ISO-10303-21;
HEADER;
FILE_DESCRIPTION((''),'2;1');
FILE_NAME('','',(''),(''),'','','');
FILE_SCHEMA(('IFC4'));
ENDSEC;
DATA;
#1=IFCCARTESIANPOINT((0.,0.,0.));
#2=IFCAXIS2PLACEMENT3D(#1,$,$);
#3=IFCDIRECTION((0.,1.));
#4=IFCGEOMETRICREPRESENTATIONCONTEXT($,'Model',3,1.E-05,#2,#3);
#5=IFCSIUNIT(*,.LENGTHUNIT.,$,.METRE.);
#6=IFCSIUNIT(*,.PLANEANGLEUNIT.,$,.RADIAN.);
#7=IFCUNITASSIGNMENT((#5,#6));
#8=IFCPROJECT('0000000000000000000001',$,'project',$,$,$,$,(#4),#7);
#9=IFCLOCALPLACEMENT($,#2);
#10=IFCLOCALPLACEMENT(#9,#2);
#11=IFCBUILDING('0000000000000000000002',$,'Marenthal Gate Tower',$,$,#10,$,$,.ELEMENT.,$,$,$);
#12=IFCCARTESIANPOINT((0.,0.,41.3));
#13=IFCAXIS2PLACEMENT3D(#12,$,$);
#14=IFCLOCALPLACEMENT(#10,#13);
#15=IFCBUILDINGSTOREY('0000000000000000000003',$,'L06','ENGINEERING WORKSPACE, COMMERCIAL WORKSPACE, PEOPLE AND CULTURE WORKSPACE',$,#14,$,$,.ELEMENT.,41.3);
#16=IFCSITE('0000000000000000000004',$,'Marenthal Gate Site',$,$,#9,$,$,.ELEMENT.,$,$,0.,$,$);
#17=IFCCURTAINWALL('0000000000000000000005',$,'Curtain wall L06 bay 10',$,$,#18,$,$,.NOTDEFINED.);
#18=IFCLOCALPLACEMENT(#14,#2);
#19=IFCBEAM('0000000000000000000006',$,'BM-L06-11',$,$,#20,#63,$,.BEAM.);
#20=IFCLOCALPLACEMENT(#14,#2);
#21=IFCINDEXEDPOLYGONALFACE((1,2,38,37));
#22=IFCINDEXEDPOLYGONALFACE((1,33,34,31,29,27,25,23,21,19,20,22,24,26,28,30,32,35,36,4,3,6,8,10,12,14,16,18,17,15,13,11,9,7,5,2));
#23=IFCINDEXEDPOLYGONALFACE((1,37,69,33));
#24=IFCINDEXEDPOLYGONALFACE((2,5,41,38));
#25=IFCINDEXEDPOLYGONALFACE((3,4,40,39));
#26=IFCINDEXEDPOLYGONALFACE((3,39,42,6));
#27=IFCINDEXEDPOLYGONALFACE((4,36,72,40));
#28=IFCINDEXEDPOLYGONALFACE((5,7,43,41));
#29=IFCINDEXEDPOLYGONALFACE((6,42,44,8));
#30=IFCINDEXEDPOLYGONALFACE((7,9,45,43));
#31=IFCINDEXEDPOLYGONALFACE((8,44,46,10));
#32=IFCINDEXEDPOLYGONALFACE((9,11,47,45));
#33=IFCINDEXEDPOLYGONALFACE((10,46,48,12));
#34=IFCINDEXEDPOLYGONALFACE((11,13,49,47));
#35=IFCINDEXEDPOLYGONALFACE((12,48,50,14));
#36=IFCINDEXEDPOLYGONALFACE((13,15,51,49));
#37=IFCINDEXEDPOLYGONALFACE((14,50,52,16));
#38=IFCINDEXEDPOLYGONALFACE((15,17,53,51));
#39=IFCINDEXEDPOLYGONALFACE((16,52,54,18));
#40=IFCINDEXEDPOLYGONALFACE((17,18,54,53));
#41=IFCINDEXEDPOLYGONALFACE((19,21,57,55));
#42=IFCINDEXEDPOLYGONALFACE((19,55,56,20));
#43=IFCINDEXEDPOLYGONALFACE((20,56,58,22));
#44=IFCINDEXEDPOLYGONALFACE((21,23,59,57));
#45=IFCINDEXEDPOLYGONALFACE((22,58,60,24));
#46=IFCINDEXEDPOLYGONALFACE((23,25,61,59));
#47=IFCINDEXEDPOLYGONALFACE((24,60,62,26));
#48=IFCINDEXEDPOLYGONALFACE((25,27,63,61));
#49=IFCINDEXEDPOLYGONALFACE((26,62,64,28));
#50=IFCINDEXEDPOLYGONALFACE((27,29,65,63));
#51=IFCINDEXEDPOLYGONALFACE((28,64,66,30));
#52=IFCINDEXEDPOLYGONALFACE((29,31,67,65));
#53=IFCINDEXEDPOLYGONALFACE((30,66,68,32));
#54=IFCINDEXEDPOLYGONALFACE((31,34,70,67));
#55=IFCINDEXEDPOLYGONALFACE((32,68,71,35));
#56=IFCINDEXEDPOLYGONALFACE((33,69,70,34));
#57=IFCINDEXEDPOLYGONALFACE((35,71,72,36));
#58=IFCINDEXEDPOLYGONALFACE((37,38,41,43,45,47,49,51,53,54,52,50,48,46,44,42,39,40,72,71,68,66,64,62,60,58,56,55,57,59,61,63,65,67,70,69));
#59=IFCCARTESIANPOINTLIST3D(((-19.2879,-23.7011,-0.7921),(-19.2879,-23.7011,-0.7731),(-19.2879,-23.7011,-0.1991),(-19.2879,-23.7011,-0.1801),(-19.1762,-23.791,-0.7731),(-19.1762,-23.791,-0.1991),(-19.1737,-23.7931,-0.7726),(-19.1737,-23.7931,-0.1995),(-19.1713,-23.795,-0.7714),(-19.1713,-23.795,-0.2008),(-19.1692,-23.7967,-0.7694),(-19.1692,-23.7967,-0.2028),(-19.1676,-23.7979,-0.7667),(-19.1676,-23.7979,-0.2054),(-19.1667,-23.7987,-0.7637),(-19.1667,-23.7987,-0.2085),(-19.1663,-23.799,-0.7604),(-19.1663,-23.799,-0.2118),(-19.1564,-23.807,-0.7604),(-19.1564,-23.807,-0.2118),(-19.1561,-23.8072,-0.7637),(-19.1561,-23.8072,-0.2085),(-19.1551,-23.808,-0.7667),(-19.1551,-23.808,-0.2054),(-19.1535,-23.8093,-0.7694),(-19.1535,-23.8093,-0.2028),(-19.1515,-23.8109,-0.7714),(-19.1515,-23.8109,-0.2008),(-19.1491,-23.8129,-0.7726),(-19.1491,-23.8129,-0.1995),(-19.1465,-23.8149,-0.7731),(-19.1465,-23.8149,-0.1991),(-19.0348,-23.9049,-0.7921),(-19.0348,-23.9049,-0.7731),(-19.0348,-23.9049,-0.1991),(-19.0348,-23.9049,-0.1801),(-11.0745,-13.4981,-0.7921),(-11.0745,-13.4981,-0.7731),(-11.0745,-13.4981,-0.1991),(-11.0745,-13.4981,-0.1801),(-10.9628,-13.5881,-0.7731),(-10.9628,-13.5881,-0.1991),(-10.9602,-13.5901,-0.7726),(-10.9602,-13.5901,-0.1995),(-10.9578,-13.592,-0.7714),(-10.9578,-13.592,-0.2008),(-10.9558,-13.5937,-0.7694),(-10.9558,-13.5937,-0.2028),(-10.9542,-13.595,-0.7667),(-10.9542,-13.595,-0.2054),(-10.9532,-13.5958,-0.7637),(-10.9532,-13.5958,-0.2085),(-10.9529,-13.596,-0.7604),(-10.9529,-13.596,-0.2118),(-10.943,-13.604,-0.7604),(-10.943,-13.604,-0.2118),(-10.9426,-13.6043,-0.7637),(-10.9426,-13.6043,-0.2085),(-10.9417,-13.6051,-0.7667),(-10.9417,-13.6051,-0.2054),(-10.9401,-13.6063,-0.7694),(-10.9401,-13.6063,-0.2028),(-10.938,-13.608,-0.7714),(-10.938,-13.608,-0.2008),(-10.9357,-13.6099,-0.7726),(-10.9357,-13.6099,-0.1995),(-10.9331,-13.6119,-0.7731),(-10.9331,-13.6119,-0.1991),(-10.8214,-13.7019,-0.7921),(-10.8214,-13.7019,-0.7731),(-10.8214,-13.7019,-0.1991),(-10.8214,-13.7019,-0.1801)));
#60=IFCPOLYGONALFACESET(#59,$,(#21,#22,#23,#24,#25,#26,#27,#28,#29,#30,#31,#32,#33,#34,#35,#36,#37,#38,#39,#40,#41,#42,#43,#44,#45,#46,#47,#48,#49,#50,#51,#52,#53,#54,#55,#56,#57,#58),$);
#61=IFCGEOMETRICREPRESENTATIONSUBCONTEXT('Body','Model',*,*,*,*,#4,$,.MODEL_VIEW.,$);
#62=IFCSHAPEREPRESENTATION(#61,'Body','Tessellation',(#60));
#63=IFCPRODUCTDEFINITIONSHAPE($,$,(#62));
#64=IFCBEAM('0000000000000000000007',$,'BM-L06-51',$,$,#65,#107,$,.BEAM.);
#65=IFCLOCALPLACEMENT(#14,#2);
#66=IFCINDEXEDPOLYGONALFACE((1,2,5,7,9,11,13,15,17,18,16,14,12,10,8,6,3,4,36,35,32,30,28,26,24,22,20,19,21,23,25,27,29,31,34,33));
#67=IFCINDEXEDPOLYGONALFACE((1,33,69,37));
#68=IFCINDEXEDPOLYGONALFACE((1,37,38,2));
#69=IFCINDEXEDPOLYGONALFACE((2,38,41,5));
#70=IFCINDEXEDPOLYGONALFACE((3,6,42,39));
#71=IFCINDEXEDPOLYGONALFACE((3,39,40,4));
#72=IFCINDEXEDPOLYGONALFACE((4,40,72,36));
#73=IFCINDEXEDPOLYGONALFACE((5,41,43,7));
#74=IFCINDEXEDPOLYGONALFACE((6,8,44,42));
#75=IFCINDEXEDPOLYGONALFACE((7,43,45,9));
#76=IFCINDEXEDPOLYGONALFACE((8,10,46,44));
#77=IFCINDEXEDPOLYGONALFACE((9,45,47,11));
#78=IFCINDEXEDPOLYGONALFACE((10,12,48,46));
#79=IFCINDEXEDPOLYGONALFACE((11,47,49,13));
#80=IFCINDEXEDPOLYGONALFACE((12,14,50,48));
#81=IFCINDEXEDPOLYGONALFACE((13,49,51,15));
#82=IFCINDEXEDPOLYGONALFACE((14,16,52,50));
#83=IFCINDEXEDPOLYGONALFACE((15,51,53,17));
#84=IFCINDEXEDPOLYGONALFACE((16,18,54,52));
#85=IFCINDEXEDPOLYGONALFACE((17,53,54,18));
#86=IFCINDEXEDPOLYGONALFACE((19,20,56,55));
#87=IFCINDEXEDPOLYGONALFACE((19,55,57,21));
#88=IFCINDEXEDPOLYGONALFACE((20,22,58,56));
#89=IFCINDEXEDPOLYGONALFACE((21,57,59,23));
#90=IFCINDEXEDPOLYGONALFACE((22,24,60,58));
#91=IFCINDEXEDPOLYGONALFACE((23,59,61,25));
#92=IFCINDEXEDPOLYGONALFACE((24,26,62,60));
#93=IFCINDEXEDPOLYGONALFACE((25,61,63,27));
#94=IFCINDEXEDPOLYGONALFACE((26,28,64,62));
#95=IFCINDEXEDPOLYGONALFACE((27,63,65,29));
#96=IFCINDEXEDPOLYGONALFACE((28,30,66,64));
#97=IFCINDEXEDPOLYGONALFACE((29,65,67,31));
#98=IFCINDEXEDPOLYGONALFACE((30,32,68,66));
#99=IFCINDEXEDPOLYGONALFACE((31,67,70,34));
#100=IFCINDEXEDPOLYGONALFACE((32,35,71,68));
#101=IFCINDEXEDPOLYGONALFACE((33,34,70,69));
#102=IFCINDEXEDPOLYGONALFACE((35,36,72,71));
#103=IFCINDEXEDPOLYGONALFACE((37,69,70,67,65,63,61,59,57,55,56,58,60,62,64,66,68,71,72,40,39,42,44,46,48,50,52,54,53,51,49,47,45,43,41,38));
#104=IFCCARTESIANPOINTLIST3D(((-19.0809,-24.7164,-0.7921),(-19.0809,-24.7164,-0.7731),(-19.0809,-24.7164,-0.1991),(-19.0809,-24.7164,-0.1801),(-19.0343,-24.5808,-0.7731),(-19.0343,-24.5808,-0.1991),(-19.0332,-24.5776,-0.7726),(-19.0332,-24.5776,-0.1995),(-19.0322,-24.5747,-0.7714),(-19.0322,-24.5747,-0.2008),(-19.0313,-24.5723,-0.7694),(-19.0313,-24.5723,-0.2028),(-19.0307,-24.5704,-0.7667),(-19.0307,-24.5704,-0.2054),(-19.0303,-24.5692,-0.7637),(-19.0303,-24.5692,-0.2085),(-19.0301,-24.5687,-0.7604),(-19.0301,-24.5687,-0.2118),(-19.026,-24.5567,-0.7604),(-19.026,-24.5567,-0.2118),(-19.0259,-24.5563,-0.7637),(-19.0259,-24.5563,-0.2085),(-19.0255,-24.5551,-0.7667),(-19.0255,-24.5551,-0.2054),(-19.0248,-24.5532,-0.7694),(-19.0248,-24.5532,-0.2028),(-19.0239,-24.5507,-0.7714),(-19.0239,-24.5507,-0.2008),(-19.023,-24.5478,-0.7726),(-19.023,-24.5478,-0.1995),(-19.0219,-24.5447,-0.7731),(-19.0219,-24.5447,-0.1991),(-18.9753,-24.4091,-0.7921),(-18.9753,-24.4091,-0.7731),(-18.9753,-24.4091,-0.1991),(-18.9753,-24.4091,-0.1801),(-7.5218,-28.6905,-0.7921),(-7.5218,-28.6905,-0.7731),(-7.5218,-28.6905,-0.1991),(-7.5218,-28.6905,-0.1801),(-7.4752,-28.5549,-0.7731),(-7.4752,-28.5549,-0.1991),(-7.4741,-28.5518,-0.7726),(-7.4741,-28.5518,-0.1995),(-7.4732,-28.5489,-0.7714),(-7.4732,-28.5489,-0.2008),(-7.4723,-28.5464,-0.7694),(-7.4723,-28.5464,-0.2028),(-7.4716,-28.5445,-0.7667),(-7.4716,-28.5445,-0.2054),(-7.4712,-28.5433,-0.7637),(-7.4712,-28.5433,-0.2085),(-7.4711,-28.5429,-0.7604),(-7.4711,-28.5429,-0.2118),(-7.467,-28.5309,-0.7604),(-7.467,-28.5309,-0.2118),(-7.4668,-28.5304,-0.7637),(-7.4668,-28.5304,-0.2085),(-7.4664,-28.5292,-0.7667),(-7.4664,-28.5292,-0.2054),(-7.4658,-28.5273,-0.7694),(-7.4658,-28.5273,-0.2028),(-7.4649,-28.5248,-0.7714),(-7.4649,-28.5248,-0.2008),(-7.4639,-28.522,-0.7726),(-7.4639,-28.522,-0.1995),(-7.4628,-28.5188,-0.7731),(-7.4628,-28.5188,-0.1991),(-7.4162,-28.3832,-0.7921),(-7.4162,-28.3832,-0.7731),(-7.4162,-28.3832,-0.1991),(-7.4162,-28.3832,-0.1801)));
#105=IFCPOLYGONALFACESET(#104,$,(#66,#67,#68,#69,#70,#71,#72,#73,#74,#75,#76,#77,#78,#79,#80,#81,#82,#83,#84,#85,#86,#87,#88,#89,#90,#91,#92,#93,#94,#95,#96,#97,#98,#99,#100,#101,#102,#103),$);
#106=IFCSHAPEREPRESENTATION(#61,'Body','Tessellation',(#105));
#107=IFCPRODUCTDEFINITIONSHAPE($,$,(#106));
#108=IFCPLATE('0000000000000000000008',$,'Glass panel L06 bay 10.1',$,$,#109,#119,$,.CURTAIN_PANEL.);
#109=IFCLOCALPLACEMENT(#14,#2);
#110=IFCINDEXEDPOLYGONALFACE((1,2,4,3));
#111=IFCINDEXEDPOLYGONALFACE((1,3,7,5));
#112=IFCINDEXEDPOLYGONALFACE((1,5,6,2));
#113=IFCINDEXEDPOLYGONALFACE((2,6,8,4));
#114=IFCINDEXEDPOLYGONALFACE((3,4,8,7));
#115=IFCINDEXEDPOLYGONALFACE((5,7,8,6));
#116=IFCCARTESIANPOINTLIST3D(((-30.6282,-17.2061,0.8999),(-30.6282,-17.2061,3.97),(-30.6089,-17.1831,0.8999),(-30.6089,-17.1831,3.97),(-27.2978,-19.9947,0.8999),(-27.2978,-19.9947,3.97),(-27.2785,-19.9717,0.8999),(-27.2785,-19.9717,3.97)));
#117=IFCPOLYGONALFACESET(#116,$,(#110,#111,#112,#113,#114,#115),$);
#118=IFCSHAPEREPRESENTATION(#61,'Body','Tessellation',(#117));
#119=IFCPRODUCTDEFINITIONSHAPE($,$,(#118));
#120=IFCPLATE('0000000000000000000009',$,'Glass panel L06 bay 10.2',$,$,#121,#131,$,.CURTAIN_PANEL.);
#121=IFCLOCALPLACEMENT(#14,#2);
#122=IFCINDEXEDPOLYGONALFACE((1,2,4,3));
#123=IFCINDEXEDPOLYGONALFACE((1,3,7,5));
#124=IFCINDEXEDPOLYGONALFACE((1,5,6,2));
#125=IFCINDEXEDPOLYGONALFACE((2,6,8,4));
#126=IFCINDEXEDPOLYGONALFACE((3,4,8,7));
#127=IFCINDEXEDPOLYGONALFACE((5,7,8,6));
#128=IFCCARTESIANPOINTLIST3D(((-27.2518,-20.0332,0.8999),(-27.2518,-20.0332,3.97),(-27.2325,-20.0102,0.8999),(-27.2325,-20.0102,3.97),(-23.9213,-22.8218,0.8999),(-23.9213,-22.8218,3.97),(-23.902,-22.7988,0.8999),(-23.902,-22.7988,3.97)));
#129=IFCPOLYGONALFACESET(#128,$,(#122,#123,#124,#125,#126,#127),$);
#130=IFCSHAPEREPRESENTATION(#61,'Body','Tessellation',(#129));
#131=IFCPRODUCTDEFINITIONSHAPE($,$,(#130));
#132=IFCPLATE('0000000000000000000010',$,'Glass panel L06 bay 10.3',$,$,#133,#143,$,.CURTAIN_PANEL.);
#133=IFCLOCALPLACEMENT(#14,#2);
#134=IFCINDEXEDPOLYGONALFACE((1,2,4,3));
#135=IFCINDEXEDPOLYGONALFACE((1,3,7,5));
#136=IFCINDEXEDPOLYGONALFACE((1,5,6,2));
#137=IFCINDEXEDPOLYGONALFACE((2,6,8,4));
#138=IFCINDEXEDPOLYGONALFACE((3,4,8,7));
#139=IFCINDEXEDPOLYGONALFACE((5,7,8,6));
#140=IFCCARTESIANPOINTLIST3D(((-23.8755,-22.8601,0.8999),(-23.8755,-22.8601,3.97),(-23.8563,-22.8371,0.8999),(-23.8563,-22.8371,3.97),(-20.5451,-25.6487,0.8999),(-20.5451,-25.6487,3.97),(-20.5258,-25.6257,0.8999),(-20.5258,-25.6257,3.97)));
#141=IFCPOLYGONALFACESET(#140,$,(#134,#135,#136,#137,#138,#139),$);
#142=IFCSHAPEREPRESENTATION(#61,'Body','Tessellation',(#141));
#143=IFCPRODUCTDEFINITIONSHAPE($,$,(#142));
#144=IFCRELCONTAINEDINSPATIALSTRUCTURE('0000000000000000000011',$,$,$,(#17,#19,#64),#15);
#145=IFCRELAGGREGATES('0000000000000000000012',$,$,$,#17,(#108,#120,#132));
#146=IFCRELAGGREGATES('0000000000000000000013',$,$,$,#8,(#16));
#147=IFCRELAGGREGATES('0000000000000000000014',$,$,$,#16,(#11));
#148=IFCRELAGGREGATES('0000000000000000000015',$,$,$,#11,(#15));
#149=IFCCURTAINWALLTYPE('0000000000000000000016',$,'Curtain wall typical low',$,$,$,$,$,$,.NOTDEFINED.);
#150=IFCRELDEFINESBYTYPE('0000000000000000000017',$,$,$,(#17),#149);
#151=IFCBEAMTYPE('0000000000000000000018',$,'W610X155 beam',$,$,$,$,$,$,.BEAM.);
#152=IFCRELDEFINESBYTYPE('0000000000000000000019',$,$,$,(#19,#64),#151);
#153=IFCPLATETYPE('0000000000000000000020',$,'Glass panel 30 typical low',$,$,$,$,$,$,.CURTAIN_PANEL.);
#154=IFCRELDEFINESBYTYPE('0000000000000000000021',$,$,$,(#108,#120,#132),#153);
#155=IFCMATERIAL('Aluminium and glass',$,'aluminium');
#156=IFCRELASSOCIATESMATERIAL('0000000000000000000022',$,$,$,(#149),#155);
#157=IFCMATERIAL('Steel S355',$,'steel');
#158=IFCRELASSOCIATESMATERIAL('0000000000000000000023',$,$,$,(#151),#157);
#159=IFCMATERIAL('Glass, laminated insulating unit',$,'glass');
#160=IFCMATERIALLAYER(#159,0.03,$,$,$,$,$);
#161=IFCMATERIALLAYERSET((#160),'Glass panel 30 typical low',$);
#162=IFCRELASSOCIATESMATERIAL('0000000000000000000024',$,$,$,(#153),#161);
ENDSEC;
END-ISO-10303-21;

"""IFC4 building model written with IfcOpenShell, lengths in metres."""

from ifc_helpers import new_model, si_unit, direction, frame, origin, origin_2d, place, context, subcontext, project, spatial, rectangle, i_section, extrude, material, layer, layer_set, material_profile, profile_set, type_object, element, aggregate, save


model = new_model("IFC4")

# Units and contexts
model_context = context("Model", 3, precision=1e-05, world=origin(), true_north=direction((0.0, 1.0)))
body_context = subcontext(model_context, "Body", "Model", "MODEL_VIEW")
ifc_project = project(units=[si_unit("LENGTHUNIT", "METRE"), si_unit("PLANEANGLEUNIT", "RADIAN")], contexts=[model_context])

# Site, building, storey
site_placement = place(None, origin())
site = spatial("IfcSite", under=ifc_project, at=site_placement, Name="Marenthal Gate Site", CompositionType="ELEMENT", RefElevation=0.0)
building_placement = place(site_placement, origin())
building = spatial("IfcBuilding", under=site, at=building_placement, Name="Marenthal Gate Tower", CompositionType="ELEMENT")
storey_placement = place(building_placement, frame((0.0, 0.0, 41.3)))
storey = spatial("IfcBuildingStorey", under=building, at=storey_placement, Name="L06", Description="ENGINEERING WORKSPACE, COMMERCIAL WORKSPACE, PEOPLE AND CULTURE WORKSPACE", CompositionType="ELEMENT", Elevation=41.3)

# Curtain wall
ifc_material_1 = material(Name="Aluminium and glass", Category="aluminium")
curtain_wall_type = type_object("IfcCurtainWallType", Name="Curtain wall typical low", PredefinedType="NOTDEFINED", material=ifc_material_1)
curtain_wall_placement = place(storey_placement, origin())
curtain_wall = element("IfcCurtainWall", 1, at=curtain_wall_placement, inside=storey, type_object=curtain_wall_type, Name="Curtain wall L06 bay 10", PredefinedType="NOTDEFINED")

# Beams
ifc_material_2 = material(Name="Steel S355", Category="steel")
ifc_material_profile_1 = material_profile(ifc_material_2, i_section(OverallWidth=0.325, OverallDepth=0.6121, WebThickness=0.0127, FlangeThickness=0.019, FilletRadius=0.0127, at=origin_2d()), Name="W610X155")
ifc_profile_set_1 = profile_set([ifc_material_profile_1], Name="Steel S355")
beam_type_1 = type_object("IfcBeamType", Name="W610X155 beam", PredefinedType="BEAM", material=ifc_profile_set_1)
beam_1_placement = place(storey_placement, frame((-19.1614, -23.803, -0.4861), z_axis=(0.62707, 0.778963, 0.0), x_axis=(-0.778963, 0.62707, 0.0)))
element("IfcBeam", 2, at=beam_1_placement, inside=storey, type_object=beam_type_1, Name="BM-L06-11", PredefinedType="BEAM", context=body_context, shape_type="SweptSolid", body=[
    extrude(i_section(OverallWidth=0.325, OverallDepth=0.6121, WebThickness=0.0127, FlangeThickness=0.019, FilletRadius=0.0127, at=origin_2d()), origin(), (0.0, 0.0, 1.0), 13.0981),
])
beam_2_placement = place(storey_placement, frame((-19.0281, -24.5627, -0.4861), z_axis=(0.945669, -0.32513, 0.0), x_axis=(0.32513, 0.945669, 0.0)))
element("IfcBeam", 3, at=beam_2_placement, inside=storey, type_object=beam_type_1, Name="BM-L06-51", PredefinedType="BEAM", context=body_context, shape_type="SweptSolid", body=[
    extrude(i_section(OverallWidth=0.325, OverallDepth=0.6121, WebThickness=0.0127, FlangeThickness=0.019, FilletRadius=0.0127, at=origin_2d()), origin(), (0.0, 0.0, 1.0), 12.2231),
])

# Plates
ifc_material_3 = material(Name="Glass, laminated insulating unit", Category="glass")
ifc_layer_1 = layer(ifc_material_3, 0.03)
ifc_layer_set_1 = layer_set([ifc_layer_1], Name="Glass panel 30 typical low")
plate_type = type_object("IfcPlateType", Name="Glass panel 30 typical low", PredefinedType="CURTAIN_PANEL", material=ifc_layer_set_1)
plate_1_placement = place(storey_placement, frame((-28.9534, -18.5889, 0.8999), z_axis=(0.0, 0.0, 1.0), x_axis=(0.76672, -0.641982, 0.0)))
plate_1 = element("IfcPlate", 4, at=plate_1_placement, type_object=plate_type, Name="Glass panel L06 bay 10.1", PredefinedType="CURTAIN_PANEL", context=body_context, shape_type="SweptSolid", body=[
    extrude(rectangle(XDim=4.3438, YDim=0.03, at=origin_2d()), origin(), (0.0, 0.0, 1.0), 3.0701),
])
plate_2_placement = place(storey_placement, frame((-25.5769, -21.416, 0.8999), z_axis=(0.0, 0.0, 1.0), x_axis=(0.76672, -0.641982, 0.0)))
plate_2 = element("IfcPlate", 5, at=plate_2_placement, type_object=plate_type, Name="Glass panel L06 bay 10.2", PredefinedType="CURTAIN_PANEL", context=body_context, shape_type="SweptSolid", body=[
    extrude(rectangle(XDim=4.3438, YDim=0.03, at=origin_2d()), origin(), (0.0, 0.0, 1.0), 3.0701),
])
plate_3_placement = place(storey_placement, frame((-22.2007, -24.2429, 0.8999), z_axis=(0.0, 0.0, 1.0), x_axis=(0.76672, -0.641982, 0.0)))
plate_3 = element("IfcPlate", 6, at=plate_3_placement, type_object=plate_type, Name="Glass panel L06 bay 10.3", PredefinedType="CURTAIN_PANEL", context=body_context, shape_type="SweptSolid", body=[
    extrude(rectangle(XDim=4.3438, YDim=0.03, at=origin_2d()), origin(), (0.0, 0.0, 1.0), 3.0701),
])
aggregate(curtain_wall, [plate_1, plate_2, plate_3])

save(model, "model.ifc")
